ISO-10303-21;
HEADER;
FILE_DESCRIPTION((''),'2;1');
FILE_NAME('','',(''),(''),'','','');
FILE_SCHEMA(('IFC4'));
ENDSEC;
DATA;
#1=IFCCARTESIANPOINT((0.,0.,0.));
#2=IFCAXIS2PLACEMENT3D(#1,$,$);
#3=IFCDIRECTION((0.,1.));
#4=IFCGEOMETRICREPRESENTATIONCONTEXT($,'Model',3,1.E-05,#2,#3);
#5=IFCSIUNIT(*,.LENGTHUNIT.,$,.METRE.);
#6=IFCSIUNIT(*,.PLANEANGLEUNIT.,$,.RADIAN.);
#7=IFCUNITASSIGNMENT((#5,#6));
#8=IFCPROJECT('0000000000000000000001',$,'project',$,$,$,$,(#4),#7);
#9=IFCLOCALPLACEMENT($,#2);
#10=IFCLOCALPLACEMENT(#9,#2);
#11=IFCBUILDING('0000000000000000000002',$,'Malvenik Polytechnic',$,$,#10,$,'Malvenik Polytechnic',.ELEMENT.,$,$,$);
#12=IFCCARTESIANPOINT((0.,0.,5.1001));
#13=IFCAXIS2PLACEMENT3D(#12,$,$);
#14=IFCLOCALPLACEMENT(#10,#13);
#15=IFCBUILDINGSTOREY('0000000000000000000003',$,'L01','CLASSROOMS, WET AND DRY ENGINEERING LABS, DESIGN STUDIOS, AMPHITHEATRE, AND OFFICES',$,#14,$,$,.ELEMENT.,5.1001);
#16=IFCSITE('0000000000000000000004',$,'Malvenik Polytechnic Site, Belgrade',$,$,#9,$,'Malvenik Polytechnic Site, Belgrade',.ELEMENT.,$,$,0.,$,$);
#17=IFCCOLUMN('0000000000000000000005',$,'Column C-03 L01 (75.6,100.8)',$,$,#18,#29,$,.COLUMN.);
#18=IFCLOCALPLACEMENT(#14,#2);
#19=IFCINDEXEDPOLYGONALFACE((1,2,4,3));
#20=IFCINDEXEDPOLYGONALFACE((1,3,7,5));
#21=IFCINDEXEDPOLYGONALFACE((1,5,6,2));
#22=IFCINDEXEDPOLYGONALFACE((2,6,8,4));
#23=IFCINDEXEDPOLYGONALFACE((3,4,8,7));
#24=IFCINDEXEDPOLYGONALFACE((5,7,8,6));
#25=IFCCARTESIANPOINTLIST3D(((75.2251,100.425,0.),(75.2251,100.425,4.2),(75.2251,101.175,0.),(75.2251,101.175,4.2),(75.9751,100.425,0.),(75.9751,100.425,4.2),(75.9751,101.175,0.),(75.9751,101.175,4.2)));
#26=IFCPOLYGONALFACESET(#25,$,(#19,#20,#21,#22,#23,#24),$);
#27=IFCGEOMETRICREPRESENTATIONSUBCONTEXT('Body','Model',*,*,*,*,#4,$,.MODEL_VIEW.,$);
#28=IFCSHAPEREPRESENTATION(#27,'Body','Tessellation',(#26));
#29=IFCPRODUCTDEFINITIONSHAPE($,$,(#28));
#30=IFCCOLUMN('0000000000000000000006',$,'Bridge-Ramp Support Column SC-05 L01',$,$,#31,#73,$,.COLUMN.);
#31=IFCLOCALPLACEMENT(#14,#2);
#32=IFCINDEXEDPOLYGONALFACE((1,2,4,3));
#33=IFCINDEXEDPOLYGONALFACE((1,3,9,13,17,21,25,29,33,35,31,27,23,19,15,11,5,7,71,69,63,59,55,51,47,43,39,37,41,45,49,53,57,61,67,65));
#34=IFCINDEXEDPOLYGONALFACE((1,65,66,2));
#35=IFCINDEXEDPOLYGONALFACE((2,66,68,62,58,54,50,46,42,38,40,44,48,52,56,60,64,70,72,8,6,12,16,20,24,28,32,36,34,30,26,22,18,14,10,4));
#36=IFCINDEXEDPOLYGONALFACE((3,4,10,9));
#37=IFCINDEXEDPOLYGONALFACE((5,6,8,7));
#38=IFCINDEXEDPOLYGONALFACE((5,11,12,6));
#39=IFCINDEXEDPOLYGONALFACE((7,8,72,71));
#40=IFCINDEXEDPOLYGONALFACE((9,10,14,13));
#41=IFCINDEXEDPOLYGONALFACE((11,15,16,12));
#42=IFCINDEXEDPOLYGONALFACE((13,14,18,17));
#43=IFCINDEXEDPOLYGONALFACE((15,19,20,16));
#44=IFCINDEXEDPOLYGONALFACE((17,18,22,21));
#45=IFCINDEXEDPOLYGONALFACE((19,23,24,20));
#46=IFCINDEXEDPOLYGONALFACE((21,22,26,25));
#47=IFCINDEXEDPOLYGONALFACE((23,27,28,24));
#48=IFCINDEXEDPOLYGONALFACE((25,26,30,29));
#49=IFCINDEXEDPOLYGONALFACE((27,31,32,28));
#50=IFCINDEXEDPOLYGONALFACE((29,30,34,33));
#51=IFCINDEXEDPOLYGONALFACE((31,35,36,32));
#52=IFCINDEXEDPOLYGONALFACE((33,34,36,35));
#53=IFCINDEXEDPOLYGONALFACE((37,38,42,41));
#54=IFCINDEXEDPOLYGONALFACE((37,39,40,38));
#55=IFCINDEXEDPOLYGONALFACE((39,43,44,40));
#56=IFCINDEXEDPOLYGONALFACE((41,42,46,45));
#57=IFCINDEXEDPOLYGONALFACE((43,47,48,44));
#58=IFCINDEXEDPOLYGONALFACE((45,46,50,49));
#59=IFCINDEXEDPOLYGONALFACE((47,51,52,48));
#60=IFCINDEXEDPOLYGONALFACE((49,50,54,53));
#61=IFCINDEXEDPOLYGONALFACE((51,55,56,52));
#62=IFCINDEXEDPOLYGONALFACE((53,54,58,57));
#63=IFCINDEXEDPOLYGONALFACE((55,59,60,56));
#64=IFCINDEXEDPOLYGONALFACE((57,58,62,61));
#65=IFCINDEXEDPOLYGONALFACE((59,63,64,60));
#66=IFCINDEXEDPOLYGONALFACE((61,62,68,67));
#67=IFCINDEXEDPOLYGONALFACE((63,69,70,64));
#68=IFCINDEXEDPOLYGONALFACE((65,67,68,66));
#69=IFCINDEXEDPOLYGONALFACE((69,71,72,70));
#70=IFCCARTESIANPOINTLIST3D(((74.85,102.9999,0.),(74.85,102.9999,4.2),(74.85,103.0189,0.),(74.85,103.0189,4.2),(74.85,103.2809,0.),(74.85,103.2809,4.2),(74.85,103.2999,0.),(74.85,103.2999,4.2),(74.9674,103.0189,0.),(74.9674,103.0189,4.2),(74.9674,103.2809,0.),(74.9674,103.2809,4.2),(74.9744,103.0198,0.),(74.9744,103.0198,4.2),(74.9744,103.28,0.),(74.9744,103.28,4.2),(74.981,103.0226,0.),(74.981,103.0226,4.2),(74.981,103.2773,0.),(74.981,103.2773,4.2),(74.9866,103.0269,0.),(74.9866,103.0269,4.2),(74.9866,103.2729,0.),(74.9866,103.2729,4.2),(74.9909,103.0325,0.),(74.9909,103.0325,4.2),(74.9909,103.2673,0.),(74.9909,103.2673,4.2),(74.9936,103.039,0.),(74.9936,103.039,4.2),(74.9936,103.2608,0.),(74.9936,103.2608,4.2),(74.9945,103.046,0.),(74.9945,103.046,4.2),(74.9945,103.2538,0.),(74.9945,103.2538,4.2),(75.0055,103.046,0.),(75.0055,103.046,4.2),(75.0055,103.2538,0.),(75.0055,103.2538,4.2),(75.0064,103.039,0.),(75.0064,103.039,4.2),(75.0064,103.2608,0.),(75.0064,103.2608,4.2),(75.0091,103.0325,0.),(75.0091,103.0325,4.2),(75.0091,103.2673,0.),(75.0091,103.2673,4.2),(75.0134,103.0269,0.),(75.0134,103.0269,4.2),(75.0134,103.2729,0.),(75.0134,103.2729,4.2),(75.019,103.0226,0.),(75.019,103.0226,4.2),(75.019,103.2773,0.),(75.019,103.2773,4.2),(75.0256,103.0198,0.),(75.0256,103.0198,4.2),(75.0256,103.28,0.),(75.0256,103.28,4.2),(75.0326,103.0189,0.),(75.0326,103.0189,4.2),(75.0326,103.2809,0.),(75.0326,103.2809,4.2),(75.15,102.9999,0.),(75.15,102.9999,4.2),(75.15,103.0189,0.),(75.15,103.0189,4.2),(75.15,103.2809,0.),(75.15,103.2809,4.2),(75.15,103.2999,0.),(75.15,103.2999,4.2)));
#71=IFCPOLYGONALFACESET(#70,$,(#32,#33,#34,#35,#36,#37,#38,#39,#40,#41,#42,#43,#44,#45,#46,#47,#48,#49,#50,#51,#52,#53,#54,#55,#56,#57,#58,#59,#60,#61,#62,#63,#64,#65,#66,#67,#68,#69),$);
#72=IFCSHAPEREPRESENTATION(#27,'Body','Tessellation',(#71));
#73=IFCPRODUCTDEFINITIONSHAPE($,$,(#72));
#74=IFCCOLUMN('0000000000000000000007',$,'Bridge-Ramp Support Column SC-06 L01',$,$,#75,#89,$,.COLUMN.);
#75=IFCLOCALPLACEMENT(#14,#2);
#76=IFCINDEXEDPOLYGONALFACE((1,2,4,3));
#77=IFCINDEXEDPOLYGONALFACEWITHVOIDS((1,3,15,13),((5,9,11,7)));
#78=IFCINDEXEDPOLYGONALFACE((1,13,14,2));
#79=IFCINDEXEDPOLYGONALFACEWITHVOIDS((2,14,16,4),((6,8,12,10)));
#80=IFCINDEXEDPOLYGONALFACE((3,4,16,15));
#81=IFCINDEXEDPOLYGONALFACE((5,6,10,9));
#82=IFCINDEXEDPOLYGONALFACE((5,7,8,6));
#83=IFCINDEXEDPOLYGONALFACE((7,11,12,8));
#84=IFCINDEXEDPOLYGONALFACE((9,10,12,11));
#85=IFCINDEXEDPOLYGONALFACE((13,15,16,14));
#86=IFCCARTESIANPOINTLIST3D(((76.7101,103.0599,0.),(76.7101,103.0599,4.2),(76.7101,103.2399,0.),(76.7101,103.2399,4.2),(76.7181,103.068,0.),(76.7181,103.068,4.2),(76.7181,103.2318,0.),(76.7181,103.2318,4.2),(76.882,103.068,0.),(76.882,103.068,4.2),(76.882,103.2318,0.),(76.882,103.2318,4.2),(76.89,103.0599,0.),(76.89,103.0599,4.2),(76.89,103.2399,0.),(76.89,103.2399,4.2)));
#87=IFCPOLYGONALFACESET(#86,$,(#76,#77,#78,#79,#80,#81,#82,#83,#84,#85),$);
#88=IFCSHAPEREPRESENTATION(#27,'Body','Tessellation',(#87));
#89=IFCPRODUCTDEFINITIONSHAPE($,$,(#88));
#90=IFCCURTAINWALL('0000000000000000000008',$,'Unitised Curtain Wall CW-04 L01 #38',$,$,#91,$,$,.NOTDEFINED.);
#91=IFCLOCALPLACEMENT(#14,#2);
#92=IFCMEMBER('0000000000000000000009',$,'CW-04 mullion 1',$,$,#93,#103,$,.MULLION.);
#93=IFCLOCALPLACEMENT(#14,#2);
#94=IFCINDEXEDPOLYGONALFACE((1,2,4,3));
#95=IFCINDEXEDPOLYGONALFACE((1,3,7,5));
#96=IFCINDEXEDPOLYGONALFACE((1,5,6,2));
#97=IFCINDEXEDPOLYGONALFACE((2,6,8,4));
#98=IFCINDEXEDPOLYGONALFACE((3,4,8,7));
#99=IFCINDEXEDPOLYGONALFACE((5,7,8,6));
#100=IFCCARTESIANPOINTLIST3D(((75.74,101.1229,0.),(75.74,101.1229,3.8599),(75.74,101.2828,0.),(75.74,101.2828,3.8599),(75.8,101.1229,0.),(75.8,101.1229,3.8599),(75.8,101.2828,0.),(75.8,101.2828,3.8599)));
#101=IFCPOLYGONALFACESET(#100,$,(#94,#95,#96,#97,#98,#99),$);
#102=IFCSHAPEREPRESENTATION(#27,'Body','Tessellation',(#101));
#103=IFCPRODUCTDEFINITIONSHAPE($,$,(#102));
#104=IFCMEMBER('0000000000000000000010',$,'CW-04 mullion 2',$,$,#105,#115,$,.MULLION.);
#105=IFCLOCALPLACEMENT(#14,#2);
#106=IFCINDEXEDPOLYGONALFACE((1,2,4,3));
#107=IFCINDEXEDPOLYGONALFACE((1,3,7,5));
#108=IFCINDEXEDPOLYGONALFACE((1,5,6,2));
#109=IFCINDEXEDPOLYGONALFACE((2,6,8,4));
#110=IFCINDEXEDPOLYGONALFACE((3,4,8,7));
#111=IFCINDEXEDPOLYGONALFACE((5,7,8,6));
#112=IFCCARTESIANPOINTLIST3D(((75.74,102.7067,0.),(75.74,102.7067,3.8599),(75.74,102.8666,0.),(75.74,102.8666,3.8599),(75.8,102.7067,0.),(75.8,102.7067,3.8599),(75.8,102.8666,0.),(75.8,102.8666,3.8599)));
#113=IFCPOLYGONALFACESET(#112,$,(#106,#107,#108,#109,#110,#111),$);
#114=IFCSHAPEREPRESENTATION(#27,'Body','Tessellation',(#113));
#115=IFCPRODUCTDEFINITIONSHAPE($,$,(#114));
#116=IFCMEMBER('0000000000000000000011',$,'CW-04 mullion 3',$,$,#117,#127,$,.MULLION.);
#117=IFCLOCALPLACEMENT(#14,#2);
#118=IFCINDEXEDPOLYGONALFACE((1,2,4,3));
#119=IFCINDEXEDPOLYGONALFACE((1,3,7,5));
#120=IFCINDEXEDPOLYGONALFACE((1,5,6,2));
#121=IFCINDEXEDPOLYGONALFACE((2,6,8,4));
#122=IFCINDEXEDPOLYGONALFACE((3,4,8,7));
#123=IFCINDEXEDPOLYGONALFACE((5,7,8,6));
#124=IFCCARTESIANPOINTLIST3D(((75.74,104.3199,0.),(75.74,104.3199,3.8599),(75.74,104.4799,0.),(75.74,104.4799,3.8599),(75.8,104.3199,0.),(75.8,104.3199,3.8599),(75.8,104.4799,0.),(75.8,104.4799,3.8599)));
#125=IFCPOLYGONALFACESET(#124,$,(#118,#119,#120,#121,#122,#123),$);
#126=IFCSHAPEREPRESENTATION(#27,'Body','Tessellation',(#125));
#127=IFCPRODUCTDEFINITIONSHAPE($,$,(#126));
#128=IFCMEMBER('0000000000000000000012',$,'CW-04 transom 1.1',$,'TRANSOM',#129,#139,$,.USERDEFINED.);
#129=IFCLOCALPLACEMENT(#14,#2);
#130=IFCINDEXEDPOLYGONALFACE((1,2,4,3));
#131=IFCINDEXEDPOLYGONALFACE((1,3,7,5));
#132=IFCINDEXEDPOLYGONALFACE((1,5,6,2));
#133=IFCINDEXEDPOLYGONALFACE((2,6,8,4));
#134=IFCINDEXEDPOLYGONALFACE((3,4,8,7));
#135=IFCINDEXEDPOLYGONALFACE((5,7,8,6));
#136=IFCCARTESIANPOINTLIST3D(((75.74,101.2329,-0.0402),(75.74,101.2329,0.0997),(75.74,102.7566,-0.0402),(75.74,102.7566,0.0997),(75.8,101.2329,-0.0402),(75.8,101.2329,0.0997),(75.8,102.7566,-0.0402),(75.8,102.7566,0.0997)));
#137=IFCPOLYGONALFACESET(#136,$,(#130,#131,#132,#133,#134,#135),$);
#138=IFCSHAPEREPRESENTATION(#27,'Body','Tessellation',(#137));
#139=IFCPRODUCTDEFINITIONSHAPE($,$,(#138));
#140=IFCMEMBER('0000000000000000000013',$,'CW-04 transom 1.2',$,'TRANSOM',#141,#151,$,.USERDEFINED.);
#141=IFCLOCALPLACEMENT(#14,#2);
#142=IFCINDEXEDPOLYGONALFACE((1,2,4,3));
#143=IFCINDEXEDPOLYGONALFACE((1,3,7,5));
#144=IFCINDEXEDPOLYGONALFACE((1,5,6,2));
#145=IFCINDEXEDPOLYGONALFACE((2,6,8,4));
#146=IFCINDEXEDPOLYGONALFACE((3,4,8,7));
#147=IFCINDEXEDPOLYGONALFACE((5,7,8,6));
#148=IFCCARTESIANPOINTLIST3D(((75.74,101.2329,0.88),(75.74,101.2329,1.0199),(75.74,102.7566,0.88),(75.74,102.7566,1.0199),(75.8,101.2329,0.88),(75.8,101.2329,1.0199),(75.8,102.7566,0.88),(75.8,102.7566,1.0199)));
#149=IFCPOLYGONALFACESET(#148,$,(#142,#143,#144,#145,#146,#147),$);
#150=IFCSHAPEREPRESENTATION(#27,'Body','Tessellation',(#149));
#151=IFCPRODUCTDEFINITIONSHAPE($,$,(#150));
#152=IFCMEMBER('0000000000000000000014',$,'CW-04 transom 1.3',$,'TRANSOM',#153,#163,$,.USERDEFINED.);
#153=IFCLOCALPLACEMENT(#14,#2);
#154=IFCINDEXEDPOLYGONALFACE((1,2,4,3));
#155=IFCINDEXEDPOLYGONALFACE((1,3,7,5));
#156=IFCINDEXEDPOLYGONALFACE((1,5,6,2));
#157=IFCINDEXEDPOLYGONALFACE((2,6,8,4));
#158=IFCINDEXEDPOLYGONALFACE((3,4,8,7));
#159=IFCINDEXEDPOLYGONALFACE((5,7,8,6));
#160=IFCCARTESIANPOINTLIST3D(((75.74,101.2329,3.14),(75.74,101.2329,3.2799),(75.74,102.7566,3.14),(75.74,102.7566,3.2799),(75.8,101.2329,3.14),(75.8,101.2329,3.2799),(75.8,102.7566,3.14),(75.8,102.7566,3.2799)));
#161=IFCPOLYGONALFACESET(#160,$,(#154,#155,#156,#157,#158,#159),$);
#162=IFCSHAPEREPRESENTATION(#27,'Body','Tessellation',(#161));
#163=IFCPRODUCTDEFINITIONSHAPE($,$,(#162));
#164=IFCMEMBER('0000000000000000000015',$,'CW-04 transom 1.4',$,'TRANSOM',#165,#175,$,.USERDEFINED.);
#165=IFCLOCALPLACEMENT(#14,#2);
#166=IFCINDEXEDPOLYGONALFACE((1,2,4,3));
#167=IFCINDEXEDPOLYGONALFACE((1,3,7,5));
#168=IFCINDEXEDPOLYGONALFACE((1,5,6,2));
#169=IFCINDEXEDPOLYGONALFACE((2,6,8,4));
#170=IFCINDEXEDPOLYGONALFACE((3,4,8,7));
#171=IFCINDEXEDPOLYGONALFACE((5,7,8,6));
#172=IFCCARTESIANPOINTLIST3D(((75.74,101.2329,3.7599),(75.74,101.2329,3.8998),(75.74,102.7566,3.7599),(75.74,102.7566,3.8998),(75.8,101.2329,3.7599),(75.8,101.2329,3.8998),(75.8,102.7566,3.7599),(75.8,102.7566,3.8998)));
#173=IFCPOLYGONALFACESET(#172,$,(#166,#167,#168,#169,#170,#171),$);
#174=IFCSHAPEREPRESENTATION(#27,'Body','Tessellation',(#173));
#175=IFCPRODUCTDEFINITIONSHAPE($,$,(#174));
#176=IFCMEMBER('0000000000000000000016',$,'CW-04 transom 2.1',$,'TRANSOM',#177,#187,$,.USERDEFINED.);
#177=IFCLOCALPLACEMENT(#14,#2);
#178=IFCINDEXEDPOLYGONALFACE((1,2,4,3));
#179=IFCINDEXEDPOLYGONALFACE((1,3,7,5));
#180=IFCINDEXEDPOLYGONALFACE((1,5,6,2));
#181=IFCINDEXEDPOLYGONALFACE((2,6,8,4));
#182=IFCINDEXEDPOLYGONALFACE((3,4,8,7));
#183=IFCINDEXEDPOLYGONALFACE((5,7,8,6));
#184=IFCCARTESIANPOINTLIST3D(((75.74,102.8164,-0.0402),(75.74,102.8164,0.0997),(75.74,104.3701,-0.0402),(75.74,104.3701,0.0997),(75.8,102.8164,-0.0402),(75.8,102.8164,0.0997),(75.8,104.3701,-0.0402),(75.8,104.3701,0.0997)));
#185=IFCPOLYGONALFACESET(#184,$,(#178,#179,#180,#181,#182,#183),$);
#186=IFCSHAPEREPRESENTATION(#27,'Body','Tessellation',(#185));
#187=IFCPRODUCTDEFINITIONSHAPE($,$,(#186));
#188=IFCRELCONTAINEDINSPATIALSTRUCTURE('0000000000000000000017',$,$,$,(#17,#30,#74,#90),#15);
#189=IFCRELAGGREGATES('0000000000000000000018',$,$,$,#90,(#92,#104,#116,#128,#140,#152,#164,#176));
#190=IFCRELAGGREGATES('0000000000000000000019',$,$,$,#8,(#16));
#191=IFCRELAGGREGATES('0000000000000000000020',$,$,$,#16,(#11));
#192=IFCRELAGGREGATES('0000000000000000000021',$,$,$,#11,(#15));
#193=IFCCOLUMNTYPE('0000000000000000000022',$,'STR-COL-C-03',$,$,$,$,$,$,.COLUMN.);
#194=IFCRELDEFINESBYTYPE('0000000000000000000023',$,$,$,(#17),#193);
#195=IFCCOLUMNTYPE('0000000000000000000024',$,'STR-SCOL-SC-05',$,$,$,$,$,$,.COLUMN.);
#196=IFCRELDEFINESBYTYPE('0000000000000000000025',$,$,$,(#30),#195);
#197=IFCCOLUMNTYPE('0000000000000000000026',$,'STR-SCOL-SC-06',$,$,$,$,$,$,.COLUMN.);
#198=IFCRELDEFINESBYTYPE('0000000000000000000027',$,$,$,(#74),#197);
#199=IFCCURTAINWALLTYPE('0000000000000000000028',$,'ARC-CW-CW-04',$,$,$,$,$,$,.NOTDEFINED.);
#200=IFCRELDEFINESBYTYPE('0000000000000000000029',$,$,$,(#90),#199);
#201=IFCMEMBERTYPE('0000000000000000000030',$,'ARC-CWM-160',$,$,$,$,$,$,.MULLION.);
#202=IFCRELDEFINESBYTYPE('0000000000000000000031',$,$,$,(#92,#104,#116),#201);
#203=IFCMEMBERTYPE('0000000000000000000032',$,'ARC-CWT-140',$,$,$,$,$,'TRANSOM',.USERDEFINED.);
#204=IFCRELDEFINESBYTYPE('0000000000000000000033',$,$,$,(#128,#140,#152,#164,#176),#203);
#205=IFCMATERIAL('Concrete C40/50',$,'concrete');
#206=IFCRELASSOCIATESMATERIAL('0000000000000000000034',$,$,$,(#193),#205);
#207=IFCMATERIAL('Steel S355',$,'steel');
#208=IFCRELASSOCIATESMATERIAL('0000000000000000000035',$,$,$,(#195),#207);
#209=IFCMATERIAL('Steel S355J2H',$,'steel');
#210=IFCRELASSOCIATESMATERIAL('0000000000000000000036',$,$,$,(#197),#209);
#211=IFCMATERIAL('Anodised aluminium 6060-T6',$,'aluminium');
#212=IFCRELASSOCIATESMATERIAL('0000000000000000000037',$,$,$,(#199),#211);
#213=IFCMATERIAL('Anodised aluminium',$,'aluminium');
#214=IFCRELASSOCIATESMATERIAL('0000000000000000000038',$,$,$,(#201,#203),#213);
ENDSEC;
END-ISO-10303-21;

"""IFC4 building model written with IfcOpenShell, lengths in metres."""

from ifc_helpers import new_model, si_unit, direction, frame, origin, origin_2d, place, context, subcontext, project, spatial, rectangle, hollow_rectangle, i_section, extrude, material, material_profile, profile_set, type_object, element, aggregate, save


model = new_model("IFC4")

# Units and contexts
model_context = context("Model", 3, precision=1e-05, world=origin(), true_north=direction((0.0, 1.0)))
body_context = subcontext(model_context, "Body", "Model", "MODEL_VIEW")
ifc_project = project(units=[si_unit("LENGTHUNIT", "METRE"), si_unit("PLANEANGLEUNIT", "RADIAN")], contexts=[model_context])

# Site, building, storey
site_placement = place(None, origin())
site = spatial("IfcSite", under=ifc_project, at=site_placement, Name="Malvenik Polytechnic Site, Belgrade", LongName="Malvenik Polytechnic Site, Belgrade", CompositionType="ELEMENT", RefElevation=0.0)
building_placement = place(site_placement, origin())
building = spatial("IfcBuilding", under=site, at=building_placement, Name="Malvenik Polytechnic", LongName="Malvenik Polytechnic", CompositionType="ELEMENT")
storey_placement = place(building_placement, frame((0.0, 0.0, 5.1001)))
storey = spatial("IfcBuildingStorey", under=building, at=storey_placement, Name="L01", Description="CLASSROOMS, WET AND DRY ENGINEERING LABS, DESIGN STUDIOS, AMPHITHEATRE, AND OFFICES", CompositionType="ELEMENT", Elevation=5.1001)

# Columns
ifc_material_1 = material(Name="Concrete C40/50", Category="concrete")
ifc_material_profile_1 = material_profile(ifc_material_1, rectangle(XDim=0.75, YDim=0.75, at=origin_2d()), Name="RC COL 750x750")
ifc_profile_set_1 = profile_set([ifc_material_profile_1], Name="Concrete C40/50")
column_type_1 = type_object("IfcColumnType", Name="STR-COL-C-03", PredefinedType="COLUMN", material=ifc_profile_set_1)
column_1_placement = place(storey_placement, frame((75.6001, 100.8, 0.0), z_axis=(0.0, 0.0, 1.0), x_axis=(1.0, 0.0, 0.0)))
element("IfcColumn", 1, at=column_1_placement, inside=storey, type_object=column_type_1, Name="Column C-03 L01 (75.6,100.8)", PredefinedType="COLUMN", context=body_context, shape_type="SweptSolid", body=[
    extrude(rectangle(XDim=0.75, YDim=0.75, at=origin_2d()), origin(), (0.0, 0.0, 1.0), 4.2),
])
ifc_material_2 = material(Name="Steel S355", Category="steel")
ifc_material_profile_2 = material_profile(ifc_material_2, i_section(OverallWidth=0.3, OverallDepth=0.3, WebThickness=0.011, FlangeThickness=0.019, FilletRadius=0.0271, at=origin_2d()), Name="HEB 300")
ifc_profile_set_2 = profile_set([ifc_material_profile_2], Name="Steel S355")
column_type_2 = type_object("IfcColumnType", Name="STR-SCOL-SC-05", PredefinedType="COLUMN", material=ifc_profile_set_2)
column_2_placement = place(storey_placement, frame((75.0, 103.1499, 0.0), z_axis=(0.0, 0.0, 1.0), x_axis=(1.0, 0.0, 0.0)))
element("IfcColumn", 2, at=column_2_placement, inside=storey, type_object=column_type_2, Name="Bridge-Ramp Support Column SC-05 L01", PredefinedType="COLUMN", context=body_context, shape_type="SweptSolid", body=[
    extrude(i_section(OverallWidth=0.3, OverallDepth=0.3, WebThickness=0.011, FlangeThickness=0.019, FilletRadius=0.0271, at=origin_2d()), origin(), (0.0, 0.0, 1.0), 4.2),
])
ifc_material_3 = material(Name="Steel S355J2H", Category="steel")
ifc_material_profile_3 = material_profile(ifc_material_3, hollow_rectangle(XDim=0.1799, YDim=0.1799, WallThickness=0.0081, at=origin_2d()), Name="SHS 180x180x8.0")
ifc_profile_set_3 = profile_set([ifc_material_profile_3], Name="Steel S355J2H")
column_type_3 = type_object("IfcColumnType", Name="STR-SCOL-SC-06", PredefinedType="COLUMN", material=ifc_profile_set_3)
column_3_placement = place(storey_placement, frame((76.8, 103.1499, 0.0), z_axis=(0.0, 0.0, 1.0), x_axis=(1.0, 0.0, 0.0)))
element("IfcColumn", 3, at=column_3_placement, inside=storey, type_object=column_type_3, Name="Bridge-Ramp Support Column SC-06 L01", PredefinedType="COLUMN", context=body_context, shape_type="SweptSolid", body=[
    extrude(hollow_rectangle(XDim=0.1799, YDim=0.1799, WallThickness=0.0081, at=origin_2d()), origin(), (0.0, 0.0, 1.0), 4.2),
])

# Curtain wall, members
ifc_material_4 = material(Name="Anodised aluminium 6060-T6", Category="aluminium")
curtain_wall_type = type_object("IfcCurtainWallType", Name="ARC-CW-CW-04", PredefinedType="NOTDEFINED", material=ifc_material_4)
curtain_wall_placement = place(storey_placement, origin())
curtain_wall = element("IfcCurtainWall", 4, at=curtain_wall_placement, inside=storey, type_object=curtain_wall_type, Name="Unitised Curtain Wall CW-04 L01 #38", PredefinedType="NOTDEFINED")
ifc_material_5 = material(Name="Anodised aluminium", Category="aluminium")
ifc_material_profile_4 = material_profile(ifc_material_5, rectangle(XDim=0.0601, YDim=0.1599, at=origin_2d()), Name="ALU MULLION 60x160")
ifc_profile_set_4 = profile_set([ifc_material_profile_4], Name="Anodised aluminium")
member_type_1 = type_object("IfcMemberType", Name="ARC-CWM-160", PredefinedType="MULLION", material=ifc_profile_set_4)
member_1_placement = place(storey_placement, frame((75.77, 101.2029, 0.0), z_axis=(0.0, 0.0, 1.0), x_axis=(-1.0, 0.0, 0.0)))
member_1 = element("IfcMember", 5, at=member_1_placement, type_object=member_type_1, Name="CW-04 mullion 1", PredefinedType="MULLION", context=body_context, shape_type="SweptSolid", body=[
    extrude(rectangle(XDim=0.0601, YDim=0.1599, at=origin_2d()), origin(), (0.0, 0.0, 1.0), 3.8599),
])
member_2_placement = place(storey_placement, frame((75.77, 102.7866, 0.0), z_axis=(0.0, 0.0, 1.0), x_axis=(-1.0, 0.0, 0.0)))
member_2 = element("IfcMember", 6, at=member_2_placement, type_object=member_type_1, Name="CW-04 mullion 2", PredefinedType="MULLION", context=body_context, shape_type="SweptSolid", body=[
    extrude(rectangle(XDim=0.0601, YDim=0.1599, at=origin_2d()), origin(), (0.0, 0.0, 1.0), 3.8599),
])
member_3_placement = place(storey_placement, frame((75.77, 104.3999, 0.0), z_axis=(0.0, 0.0, 1.0), x_axis=(-1.0, 0.0, 0.0)))
member_3 = element("IfcMember", 7, at=member_3_placement, type_object=member_type_1, Name="CW-04 mullion 3", PredefinedType="MULLION", context=body_context, shape_type="SweptSolid", body=[
    extrude(rectangle(XDim=0.0601, YDim=0.1599, at=origin_2d()), origin(), (0.0, 0.0, 1.0), 3.8599),
])
ifc_material_profile_5 = material_profile(ifc_material_5, rectangle(XDim=0.0601, YDim=0.1399, at=origin_2d()), Name="ALU TRANSOM 60x140")
ifc_profile_set_5 = profile_set([ifc_material_profile_5], Name="Anodised aluminium")
member_type_2 = type_object("IfcMemberType", Name="ARC-CWT-140", ElementType="TRANSOM", PredefinedType="USERDEFINED", material=ifc_profile_set_5)
member_4_placement = place(storey_placement, frame((75.77, 101.2329, 0.0298), z_axis=(0.0, 1.0, 0.0), x_axis=(-1.0, 0.0, 0.0)))
member_4 = element("IfcMember", 8, at=member_4_placement, type_object=member_type_2, Name="CW-04 transom 1.1", ObjectType="TRANSOM", PredefinedType="USERDEFINED", context=body_context, shape_type="SweptSolid", body=[
    extrude(rectangle(XDim=0.0601, YDim=0.1399, at=origin_2d()), origin(), (0.0, 0.0, 1.0), 1.5237),
])
member_5_placement = place(storey_placement, frame((75.77, 101.2329, 0.95), z_axis=(0.0, 1.0, 0.0), x_axis=(-1.0, 0.0, 0.0)))
member_5 = element("IfcMember", 9, at=member_5_placement, type_object=member_type_2, Name="CW-04 transom 1.2", ObjectType="TRANSOM", PredefinedType="USERDEFINED", context=body_context, shape_type="SweptSolid", body=[
    extrude(rectangle(XDim=0.0601, YDim=0.1399, at=origin_2d()), origin(), (0.0, 0.0, 1.0), 1.5237),
])
member_6_placement = place(storey_placement, frame((75.77, 101.2329, 3.21), z_axis=(0.0, 1.0, 0.0), x_axis=(-1.0, 0.0, 0.0)))
member_6 = element("IfcMember", 10, at=member_6_placement, type_object=member_type_2, Name="CW-04 transom 1.3", ObjectType="TRANSOM", PredefinedType="USERDEFINED", context=body_context, shape_type="SweptSolid", body=[
    extrude(rectangle(XDim=0.0601, YDim=0.1399, at=origin_2d()), origin(), (0.0, 0.0, 1.0), 1.5237),
])
member_7_placement = place(storey_placement, frame((75.77, 101.2329, 3.8298), z_axis=(0.0, 1.0, 0.0), x_axis=(-1.0, 0.0, 0.0)))
member_7 = element("IfcMember", 11, at=member_7_placement, type_object=member_type_2, Name="CW-04 transom 1.4", ObjectType="TRANSOM", PredefinedType="USERDEFINED", context=body_context, shape_type="SweptSolid", body=[
    extrude(rectangle(XDim=0.0601, YDim=0.1399, at=origin_2d()), origin(), (0.0, 0.0, 1.0), 1.5237),
])
member_8_placement = place(storey_placement, frame((75.77, 102.8164, 0.0298), z_axis=(0.0, 1.0, 0.0), x_axis=(-1.0, 0.0, 0.0)))
member_8 = element("IfcMember", 12, at=member_8_placement, type_object=member_type_2, Name="CW-04 transom 2.1", ObjectType="TRANSOM", PredefinedType="USERDEFINED", context=body_context, shape_type="SweptSolid", body=[
    extrude(rectangle(XDim=0.0601, YDim=0.1399, at=origin_2d()), origin(), (0.0, 0.0, 1.0), 1.5537),
])
aggregate(curtain_wall, [member_1, member_2, member_3, member_4, member_5, member_6, member_7, member_8])

save(model, "model.ifc")
